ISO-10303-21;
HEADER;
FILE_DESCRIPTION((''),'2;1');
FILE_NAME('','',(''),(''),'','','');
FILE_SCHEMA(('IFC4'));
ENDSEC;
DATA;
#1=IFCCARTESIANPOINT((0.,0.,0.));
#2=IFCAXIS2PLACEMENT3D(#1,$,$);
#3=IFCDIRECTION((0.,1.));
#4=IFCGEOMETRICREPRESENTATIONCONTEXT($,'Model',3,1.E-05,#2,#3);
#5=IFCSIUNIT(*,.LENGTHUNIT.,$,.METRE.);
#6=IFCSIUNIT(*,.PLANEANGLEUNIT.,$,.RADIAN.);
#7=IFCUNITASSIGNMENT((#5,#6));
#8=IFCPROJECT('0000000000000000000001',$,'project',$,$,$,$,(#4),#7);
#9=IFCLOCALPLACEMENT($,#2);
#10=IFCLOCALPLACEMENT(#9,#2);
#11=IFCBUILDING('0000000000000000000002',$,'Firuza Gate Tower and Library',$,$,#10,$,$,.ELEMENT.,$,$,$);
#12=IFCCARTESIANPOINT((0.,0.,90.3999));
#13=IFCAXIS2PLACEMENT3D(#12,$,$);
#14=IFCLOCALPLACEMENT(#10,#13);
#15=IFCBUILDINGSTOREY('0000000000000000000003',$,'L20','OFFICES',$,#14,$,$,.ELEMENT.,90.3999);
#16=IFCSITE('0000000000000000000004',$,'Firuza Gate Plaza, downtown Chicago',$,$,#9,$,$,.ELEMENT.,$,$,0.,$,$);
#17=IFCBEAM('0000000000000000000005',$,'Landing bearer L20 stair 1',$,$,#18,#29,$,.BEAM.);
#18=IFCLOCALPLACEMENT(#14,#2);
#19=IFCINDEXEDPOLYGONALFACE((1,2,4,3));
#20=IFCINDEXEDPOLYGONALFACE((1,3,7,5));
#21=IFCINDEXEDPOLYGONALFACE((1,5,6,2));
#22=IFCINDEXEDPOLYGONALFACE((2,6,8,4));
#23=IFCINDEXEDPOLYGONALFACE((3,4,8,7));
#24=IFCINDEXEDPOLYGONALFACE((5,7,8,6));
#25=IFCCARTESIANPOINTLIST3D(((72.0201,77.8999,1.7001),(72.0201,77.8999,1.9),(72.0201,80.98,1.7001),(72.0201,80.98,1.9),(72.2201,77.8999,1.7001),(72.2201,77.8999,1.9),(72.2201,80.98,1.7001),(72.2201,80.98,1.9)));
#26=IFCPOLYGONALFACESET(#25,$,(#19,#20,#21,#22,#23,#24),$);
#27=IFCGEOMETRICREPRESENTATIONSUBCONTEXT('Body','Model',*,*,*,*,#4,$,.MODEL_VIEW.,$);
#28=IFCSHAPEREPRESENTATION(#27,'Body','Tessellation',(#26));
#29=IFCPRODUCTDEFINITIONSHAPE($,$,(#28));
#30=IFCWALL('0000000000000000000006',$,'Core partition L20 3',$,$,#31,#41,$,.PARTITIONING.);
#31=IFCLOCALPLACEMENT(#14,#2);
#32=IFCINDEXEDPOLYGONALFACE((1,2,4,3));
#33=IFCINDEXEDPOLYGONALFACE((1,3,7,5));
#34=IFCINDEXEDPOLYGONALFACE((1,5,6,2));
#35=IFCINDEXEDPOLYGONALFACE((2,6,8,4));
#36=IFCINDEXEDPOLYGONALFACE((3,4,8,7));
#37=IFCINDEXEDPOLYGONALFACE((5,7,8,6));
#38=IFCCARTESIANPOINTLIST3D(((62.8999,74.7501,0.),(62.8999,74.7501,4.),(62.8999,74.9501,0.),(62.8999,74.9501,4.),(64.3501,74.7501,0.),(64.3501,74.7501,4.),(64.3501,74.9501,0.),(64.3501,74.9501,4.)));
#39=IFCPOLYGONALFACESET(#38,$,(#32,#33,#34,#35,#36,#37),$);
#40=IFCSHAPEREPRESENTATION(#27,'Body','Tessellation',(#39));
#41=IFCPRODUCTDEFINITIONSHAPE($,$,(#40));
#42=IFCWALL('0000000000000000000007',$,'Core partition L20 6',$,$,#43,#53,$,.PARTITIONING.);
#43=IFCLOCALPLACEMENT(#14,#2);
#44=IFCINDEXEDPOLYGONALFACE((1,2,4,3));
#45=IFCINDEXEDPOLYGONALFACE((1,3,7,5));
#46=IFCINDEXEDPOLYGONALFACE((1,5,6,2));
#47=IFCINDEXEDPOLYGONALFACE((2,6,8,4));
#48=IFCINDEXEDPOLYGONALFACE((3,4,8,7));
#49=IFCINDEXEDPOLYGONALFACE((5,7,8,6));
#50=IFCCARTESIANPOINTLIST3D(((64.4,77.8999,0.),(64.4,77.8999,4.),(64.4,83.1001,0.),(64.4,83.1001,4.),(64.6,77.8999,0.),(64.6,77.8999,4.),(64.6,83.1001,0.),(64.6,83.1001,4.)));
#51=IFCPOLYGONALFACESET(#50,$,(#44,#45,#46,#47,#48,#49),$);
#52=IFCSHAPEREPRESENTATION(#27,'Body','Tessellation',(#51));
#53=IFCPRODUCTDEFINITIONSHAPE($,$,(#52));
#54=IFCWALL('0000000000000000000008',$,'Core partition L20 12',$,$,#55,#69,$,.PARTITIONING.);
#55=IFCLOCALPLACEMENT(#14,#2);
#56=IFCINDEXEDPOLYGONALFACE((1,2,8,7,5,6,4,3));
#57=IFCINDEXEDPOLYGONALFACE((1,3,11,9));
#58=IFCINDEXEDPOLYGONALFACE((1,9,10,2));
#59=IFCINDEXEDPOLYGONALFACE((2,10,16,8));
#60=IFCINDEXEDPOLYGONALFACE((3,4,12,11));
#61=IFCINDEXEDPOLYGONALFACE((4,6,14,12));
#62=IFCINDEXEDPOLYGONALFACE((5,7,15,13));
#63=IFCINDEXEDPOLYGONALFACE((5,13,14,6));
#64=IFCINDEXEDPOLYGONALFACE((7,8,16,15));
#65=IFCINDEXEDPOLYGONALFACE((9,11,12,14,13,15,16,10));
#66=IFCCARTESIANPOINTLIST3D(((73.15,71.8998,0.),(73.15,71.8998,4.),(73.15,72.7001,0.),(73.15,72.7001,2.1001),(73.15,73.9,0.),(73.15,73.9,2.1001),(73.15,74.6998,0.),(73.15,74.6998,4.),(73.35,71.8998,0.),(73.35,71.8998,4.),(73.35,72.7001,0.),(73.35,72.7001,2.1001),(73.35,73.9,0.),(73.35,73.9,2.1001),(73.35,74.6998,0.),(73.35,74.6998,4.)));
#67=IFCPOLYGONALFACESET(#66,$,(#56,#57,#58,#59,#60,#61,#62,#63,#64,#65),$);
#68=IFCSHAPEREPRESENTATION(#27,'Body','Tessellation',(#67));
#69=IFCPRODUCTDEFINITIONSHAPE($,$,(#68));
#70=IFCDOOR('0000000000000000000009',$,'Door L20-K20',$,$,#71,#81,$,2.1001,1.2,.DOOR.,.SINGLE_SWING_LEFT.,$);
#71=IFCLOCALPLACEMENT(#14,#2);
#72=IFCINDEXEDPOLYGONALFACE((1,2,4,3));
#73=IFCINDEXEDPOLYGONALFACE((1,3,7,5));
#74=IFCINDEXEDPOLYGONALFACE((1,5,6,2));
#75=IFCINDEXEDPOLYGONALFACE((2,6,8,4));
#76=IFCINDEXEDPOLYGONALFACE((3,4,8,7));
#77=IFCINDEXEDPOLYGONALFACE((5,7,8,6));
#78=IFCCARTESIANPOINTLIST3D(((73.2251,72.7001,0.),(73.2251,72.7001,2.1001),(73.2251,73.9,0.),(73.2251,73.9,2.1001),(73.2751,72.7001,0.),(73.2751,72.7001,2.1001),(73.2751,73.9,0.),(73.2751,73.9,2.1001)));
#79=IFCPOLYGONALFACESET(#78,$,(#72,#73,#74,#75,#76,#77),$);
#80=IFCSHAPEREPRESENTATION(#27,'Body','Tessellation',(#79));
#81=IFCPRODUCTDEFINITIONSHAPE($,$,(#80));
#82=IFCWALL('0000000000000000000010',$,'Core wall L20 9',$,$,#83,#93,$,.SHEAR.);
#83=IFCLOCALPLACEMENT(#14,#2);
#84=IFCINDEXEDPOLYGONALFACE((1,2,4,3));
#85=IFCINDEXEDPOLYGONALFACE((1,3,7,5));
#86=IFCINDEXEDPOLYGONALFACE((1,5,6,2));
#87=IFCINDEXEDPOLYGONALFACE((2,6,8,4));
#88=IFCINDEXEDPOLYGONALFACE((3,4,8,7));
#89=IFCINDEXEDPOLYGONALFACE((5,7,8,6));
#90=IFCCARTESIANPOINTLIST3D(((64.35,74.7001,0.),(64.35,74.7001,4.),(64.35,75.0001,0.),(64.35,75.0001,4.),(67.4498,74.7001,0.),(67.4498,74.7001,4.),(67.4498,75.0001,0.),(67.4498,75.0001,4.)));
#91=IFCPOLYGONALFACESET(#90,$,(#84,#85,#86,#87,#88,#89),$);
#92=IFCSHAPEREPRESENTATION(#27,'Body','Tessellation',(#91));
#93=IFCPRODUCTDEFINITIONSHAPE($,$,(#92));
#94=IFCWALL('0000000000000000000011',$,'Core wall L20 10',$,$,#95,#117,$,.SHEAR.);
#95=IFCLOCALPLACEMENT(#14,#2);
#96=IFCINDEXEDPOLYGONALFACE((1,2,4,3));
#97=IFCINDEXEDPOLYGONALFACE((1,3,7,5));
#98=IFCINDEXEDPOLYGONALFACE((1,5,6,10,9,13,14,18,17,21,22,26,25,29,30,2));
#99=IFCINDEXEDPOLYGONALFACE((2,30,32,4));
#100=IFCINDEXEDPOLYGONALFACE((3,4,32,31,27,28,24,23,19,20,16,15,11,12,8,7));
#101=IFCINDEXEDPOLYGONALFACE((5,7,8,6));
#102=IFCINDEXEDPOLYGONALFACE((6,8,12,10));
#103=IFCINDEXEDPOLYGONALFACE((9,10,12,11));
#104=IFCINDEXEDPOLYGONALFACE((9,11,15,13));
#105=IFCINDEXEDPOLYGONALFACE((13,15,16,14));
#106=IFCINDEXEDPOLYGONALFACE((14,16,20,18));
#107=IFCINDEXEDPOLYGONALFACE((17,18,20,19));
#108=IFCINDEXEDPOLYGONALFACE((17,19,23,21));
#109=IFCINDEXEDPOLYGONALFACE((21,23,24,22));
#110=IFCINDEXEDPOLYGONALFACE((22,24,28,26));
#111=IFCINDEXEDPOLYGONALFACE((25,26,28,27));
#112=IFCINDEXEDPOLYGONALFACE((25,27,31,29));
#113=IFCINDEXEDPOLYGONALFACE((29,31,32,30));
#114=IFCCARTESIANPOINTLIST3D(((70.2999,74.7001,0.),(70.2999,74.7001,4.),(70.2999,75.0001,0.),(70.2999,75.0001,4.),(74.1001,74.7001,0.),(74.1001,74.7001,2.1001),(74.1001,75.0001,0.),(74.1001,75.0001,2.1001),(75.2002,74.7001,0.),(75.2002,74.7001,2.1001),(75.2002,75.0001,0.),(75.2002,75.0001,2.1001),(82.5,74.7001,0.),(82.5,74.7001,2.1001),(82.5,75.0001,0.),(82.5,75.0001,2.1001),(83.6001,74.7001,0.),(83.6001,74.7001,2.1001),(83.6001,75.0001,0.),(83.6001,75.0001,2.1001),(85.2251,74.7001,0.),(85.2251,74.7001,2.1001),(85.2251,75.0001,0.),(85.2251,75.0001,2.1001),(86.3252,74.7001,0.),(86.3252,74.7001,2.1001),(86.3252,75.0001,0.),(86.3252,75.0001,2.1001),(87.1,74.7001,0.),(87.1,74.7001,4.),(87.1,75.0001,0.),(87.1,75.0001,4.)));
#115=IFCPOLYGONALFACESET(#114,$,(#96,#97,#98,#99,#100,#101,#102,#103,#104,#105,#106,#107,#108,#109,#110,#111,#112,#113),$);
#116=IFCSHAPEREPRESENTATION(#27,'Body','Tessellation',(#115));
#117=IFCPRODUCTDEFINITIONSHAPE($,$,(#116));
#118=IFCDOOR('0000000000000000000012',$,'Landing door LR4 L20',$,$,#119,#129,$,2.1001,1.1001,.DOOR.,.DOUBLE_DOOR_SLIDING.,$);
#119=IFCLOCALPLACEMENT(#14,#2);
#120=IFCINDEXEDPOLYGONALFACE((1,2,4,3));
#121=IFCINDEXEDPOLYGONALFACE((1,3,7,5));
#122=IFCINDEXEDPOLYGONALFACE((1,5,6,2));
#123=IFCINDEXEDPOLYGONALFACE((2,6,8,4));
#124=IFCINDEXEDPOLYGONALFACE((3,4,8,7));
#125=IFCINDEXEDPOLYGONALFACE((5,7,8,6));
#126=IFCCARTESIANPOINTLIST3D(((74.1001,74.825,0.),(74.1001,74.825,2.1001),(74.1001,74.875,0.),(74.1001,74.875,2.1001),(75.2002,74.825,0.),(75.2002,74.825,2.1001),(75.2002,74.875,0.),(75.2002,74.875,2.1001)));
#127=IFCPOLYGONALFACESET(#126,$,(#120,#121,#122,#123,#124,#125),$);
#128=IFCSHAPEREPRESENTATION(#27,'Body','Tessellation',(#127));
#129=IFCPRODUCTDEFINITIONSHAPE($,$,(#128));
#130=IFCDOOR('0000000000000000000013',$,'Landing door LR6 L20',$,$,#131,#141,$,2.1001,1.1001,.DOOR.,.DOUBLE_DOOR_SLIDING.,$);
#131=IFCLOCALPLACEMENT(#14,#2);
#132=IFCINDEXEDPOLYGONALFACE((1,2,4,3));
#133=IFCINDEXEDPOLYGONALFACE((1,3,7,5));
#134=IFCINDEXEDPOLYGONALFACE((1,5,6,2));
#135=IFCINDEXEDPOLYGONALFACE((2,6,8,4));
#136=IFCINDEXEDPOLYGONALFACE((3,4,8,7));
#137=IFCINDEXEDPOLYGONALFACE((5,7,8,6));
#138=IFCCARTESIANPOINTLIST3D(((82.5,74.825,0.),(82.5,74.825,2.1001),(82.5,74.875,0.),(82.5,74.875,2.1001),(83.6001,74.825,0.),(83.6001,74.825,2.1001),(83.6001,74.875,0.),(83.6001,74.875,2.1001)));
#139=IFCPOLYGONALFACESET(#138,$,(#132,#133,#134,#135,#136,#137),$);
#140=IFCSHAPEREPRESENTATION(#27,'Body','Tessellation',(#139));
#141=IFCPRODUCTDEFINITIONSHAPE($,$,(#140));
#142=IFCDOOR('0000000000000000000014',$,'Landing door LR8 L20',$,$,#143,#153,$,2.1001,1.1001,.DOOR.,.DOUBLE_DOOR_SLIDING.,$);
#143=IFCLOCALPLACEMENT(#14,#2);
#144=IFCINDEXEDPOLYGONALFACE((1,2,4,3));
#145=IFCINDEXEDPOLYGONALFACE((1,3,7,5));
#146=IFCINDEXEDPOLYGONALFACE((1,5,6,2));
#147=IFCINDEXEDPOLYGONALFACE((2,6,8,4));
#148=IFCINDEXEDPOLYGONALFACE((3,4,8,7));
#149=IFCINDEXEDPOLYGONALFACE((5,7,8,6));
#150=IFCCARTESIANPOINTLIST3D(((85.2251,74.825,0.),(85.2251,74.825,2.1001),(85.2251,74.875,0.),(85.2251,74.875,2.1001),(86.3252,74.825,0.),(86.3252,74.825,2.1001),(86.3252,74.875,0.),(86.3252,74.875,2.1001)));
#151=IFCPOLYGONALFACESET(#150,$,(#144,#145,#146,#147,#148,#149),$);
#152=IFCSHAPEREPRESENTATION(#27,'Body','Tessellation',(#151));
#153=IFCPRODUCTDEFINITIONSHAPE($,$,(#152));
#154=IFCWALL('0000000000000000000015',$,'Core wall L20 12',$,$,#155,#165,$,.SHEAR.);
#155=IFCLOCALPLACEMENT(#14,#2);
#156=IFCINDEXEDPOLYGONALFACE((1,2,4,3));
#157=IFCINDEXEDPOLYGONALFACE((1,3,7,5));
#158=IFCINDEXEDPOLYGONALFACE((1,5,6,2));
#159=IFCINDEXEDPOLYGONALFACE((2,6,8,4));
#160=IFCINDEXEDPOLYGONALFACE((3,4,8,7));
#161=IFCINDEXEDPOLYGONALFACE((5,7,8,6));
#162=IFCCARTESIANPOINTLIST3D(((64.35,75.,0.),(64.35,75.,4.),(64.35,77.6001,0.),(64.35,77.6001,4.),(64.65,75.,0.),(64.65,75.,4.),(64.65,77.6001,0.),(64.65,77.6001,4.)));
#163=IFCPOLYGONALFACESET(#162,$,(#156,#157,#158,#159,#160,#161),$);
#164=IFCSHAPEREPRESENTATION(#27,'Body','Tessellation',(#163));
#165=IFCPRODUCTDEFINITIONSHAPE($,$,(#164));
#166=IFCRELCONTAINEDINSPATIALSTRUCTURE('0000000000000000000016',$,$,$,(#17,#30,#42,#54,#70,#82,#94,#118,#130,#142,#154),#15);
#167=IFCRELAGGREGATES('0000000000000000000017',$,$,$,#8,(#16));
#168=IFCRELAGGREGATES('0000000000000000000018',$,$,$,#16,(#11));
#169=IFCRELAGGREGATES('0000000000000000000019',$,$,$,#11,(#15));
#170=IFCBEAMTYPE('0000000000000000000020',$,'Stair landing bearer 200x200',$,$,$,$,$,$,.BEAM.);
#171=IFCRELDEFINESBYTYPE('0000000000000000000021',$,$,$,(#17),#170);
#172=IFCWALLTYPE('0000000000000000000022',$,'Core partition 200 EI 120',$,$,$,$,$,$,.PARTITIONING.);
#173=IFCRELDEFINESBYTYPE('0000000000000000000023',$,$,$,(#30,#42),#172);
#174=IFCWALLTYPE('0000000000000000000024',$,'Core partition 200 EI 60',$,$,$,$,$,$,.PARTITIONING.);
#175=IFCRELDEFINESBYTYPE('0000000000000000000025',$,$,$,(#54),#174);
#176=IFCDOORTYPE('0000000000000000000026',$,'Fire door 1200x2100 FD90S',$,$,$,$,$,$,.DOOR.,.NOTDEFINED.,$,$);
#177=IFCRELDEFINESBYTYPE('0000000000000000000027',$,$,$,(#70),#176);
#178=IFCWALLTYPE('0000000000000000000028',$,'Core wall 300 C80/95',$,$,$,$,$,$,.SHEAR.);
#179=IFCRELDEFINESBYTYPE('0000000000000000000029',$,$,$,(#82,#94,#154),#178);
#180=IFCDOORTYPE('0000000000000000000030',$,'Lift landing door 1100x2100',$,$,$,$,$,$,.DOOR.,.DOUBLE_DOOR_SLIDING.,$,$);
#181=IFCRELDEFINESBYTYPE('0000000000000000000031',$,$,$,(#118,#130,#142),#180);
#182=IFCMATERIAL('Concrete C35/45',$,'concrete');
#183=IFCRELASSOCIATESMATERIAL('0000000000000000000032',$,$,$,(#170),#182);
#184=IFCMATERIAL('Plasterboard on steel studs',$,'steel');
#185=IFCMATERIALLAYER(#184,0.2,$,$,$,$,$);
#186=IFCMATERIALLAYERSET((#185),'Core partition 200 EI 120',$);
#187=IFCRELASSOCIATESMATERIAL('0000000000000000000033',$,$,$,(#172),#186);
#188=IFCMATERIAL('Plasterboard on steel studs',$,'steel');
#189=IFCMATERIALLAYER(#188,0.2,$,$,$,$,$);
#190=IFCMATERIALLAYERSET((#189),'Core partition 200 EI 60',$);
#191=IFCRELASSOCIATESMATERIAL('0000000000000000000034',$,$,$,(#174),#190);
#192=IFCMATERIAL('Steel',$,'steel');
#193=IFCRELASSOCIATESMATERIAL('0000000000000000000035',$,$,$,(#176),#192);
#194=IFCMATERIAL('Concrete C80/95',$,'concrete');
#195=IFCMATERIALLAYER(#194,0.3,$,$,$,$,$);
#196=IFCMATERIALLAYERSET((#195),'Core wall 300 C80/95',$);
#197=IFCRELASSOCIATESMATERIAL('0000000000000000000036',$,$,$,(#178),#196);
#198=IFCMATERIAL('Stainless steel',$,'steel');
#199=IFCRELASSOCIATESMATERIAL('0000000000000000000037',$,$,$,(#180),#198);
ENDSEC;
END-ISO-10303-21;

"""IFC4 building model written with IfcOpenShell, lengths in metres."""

from ifc_helpers import new_model, si_unit, direction, frame, frame_2d, origin, origin_2d, place, context, subcontext, project, spatial, rectangle, extrude, material, layer, layer_set, material_profile, profile_set, type_object, element, fill, save


model = new_model("IFC4")

# Units and contexts
model_context = context("Model", 3, precision=1e-05, world=origin(), true_north=direction((0.0, 1.0)))
body_context = subcontext(model_context, "Body", "Model", "MODEL_VIEW")
ifc_project = project(units=[si_unit("LENGTHUNIT", "METRE"), si_unit("PLANEANGLEUNIT", "RADIAN")], contexts=[model_context])

# Site, building, storey
site_placement = place(None, origin())
site = spatial("IfcSite", under=ifc_project, at=site_placement, Name="Firuza Gate Plaza, downtown Chicago", CompositionType="ELEMENT", RefElevation=0.0)
building_placement = place(site_placement, origin())
building = spatial("IfcBuilding", under=site, at=building_placement, Name="Firuza Gate Tower and Library", CompositionType="ELEMENT")
storey_placement = place(building_placement, frame((0.0, 0.0, 90.3999)))
storey = spatial("IfcBuildingStorey", under=building, at=storey_placement, Name="L20", Description="OFFICES", CompositionType="ELEMENT", Elevation=90.3999)

# Beam
ifc_material_1 = material(Name="Concrete C35/45", Category="concrete")
ifc_material_profile = material_profile(ifc_material_1, rectangle(XDim=0.2, YDim=0.2, at=origin_2d()))
ifc_profile_set = profile_set([ifc_material_profile], Name="Concrete C35/45")
beam_type = type_object("IfcBeamType", Name="Stair landing bearer 200x200", PredefinedType="BEAM", material=ifc_profile_set)
beam_placement = place(storey_placement, frame((72.1201, 77.8999, 1.8), z_axis=(0.0, 1.0, 0.0), x_axis=(-1.0, 0.0, 0.0)))
element("IfcBeam", 1, at=beam_placement, inside=storey, type_object=beam_type, Name="Landing bearer L20 stair 1", PredefinedType="BEAM", context=body_context, shape_type="SweptSolid", body=[
    extrude(rectangle(XDim=0.2, YDim=0.2, at=origin_2d()), origin(), (0.0, 0.0, 1.0), 3.0801),
])

# Walls
ifc_material_2 = material(Name="Plasterboard on steel studs", Category="steel")
ifc_layer_1 = layer(ifc_material_2, 0.2)
ifc_layer_set_1 = layer_set([ifc_layer_1], Name="Core partition 200 EI 120")
wall_type_1 = type_object("IfcWallType", Name="Core partition 200 EI 120", PredefinedType="PARTITIONING", material=ifc_layer_set_1)
wall_1_placement = place(storey_placement, frame((62.8999, 74.8501, 0.0), z_axis=(0.0, 0.0, 1.0), x_axis=(1.0, 0.0, 0.0)))
element("IfcWall", 2, at=wall_1_placement, inside=storey, type_object=wall_type_1, Name="Core partition L20 3", PredefinedType="PARTITIONING", context=body_context, shape_type="SweptSolid", body=[
    extrude(rectangle(XDim=1.4502, YDim=0.2, at=frame_2d((0.7251, 0.0))), origin(), (0.0, 0.0, 1.0), 4.0),
])
wall_2_placement = place(storey_placement, frame((64.5, 77.8999, 0.0), z_axis=(0.0, 0.0, 1.0), x_axis=(0.0, 1.0, 0.0)))
element("IfcWall", 3, at=wall_2_placement, inside=storey, type_object=wall_type_1, Name="Core partition L20 6", PredefinedType="PARTITIONING", context=body_context, shape_type="SweptSolid", body=[
    extrude(rectangle(XDim=5.2002, YDim=0.2, at=frame_2d((2.6001, 0.0))), origin(), (0.0, 0.0, 1.0), 4.0),
])

# Wall, opening, door
ifc_material_3 = material(Name="Plasterboard on steel studs", Category="steel")
ifc_layer_2 = layer(ifc_material_3, 0.2)
ifc_layer_set_2 = layer_set([ifc_layer_2], Name="Core partition 200 EI 60")
wall_type_2 = type_object("IfcWallType", Name="Core partition 200 EI 60", PredefinedType="PARTITIONING", material=ifc_layer_set_2)
wall_3_placement = place(storey_placement, frame((73.25, 71.8999, 0.0), z_axis=(0.0, 0.0, 1.0), x_axis=(0.0, 1.0, 0.0)))
wall_3 = element("IfcWall", 4, at=wall_3_placement, inside=storey, type_object=wall_type_2, Name="Core partition L20 12", PredefinedType="PARTITIONING", context=body_context, shape_type="SweptSolid", body=[
    extrude(rectangle(XDim=2.8, YDim=0.2, at=frame_2d((1.3999, 0.0))), origin(), (0.0, 0.0, 1.0), 4.0),
])
opening_1_placement = place(wall_3_placement, frame((0.8, 0.0, 0.0)))
opening_1 = element("IfcOpeningElement", 5, at=opening_1_placement, cuts=wall_3, PredefinedType="OPENING", context=body_context, shape_type="SweptSolid", body=[
    extrude(rectangle(XDim=1.2, YDim=2.1001, at=frame_2d((0.6001, 1.05))), frame((0.0, 0.1099, 0.0), z_axis=(0.0, -1.0, 0.0), x_axis=(1.0, 0.0, 0.0)), (0.0, 0.0, 1.0), 0.22),
])
ifc_material_4 = material(Name="Steel", Category="steel")
door_type_1 = type_object("IfcDoorType", Name="Fire door 1200x2100 FD90S", OperationType="NOTDEFINED", PredefinedType="DOOR", material=ifc_material_4)
door_1_placement = place(opening_1_placement, origin())
door_1 = element("IfcDoor", 6, at=door_1_placement, inside=storey, type_object=door_type_1, Name="Door L20-K20", OperationType="SINGLE_SWING_LEFT", OverallHeight=2.1001, OverallWidth=1.2, PredefinedType="DOOR", context=body_context, shape_type="SweptSolid", body=[
    extrude(rectangle(XDim=1.2, YDim=2.1001, at=frame_2d((0.6001, 1.05))), frame((0.0, 0.0249, 0.0), z_axis=(0.0, -1.0, 0.0), x_axis=(1.0, 0.0, 0.0)), (0.0, 0.0, 1.0), 0.05),
])
fill(opening_1, door_1)

# Wall
ifc_material_5 = material(Name="Concrete C80/95", Category="concrete")
ifc_layer_3 = layer(ifc_material_5, 0.3)
ifc_layer_set_3 = layer_set([ifc_layer_3], Name="Core wall 300 C80/95")
wall_type_3 = type_object("IfcWallType", Name="Core wall 300 C80/95", PredefinedType="SHEAR", material=ifc_layer_set_3)
wall_4_placement = place(storey_placement, frame((64.3501, 74.8501, 0.0), z_axis=(0.0, 0.0, 1.0), x_axis=(1.0, 0.0, 0.0)))
element("IfcWall", 7, at=wall_4_placement, inside=storey, type_object=wall_type_3, Name="Core wall L20 9", PredefinedType="SHEAR", context=body_context, shape_type="SweptSolid", body=[
    extrude(rectangle(XDim=3.0999, YDim=0.3, at=frame_2d((1.5498, 0.0))), origin(), (0.0, 0.0, 1.0), 4.0),
])

# Wall, openings, doors
wall_5_placement = place(storey_placement, frame((70.3, 74.8501, 0.0), z_axis=(0.0, 0.0, 1.0), x_axis=(1.0, 0.0, 0.0)))
wall_5 = element("IfcWall", 8, at=wall_5_placement, inside=storey, type_object=wall_type_3, Name="Core wall L20 10", PredefinedType="SHEAR", context=body_context, shape_type="SweptSolid", body=[
    extrude(rectangle(XDim=16.8, YDim=0.3, at=frame_2d((8.3999, 0.0))), origin(), (0.0, 0.0, 1.0), 4.0),
])
opening_2_placement = place(wall_5_placement, frame((3.8, 0.0, 0.0)))
opening_2 = element("IfcOpeningElement", 9, at=opening_2_placement, cuts=wall_5, PredefinedType="OPENING", context=body_context, shape_type="SweptSolid", body=[
    extrude(rectangle(XDim=1.1001, YDim=2.1001, at=frame_2d((0.55, 1.05))), frame((0.0, 0.1602, 0.0), z_axis=(0.0, -1.0, 0.0), x_axis=(1.0, 0.0, 0.0)), (0.0, 0.0, 1.0), 0.3201),
])
opening_3_placement = place(wall_5_placement, frame((12.2, 0.0, 0.0)))
opening_3 = element("IfcOpeningElement", 10, at=opening_3_placement, cuts=wall_5, PredefinedType="OPENING", context=body_context, shape_type="SweptSolid", body=[
    extrude(rectangle(XDim=1.1001, YDim=2.1001, at=frame_2d((0.55, 1.05))), frame((0.0, 0.1602, 0.0), z_axis=(0.0, -1.0, 0.0), x_axis=(1.0, 0.0, 0.0)), (0.0, 0.0, 1.0), 0.3201),
])
opening_4_placement = place(wall_5_placement, frame((14.925, 0.0, 0.0)))
opening_4 = element("IfcOpeningElement", 11, at=opening_4_placement, cuts=wall_5, PredefinedType="OPENING", context=body_context, shape_type="SweptSolid", body=[
    extrude(rectangle(XDim=1.1001, YDim=2.1001, at=frame_2d((0.55, 1.05))), frame((0.0, 0.1602, 0.0), z_axis=(0.0, -1.0, 0.0), x_axis=(1.0, 0.0, 0.0)), (0.0, 0.0, 1.0), 0.3201),
])
ifc_material_6 = material(Name="Stainless steel", Category="steel")
door_type_2 = type_object("IfcDoorType", Name="Lift landing door 1100x2100", OperationType="DOUBLE_DOOR_SLIDING", PredefinedType="DOOR", material=ifc_material_6)
door_2_placement = place(opening_2_placement, origin())
door_2 = element("IfcDoor", 12, at=door_2_placement, inside=storey, type_object=door_type_2, Name="Landing door LR4 L20", OperationType="DOUBLE_DOOR_SLIDING", OverallHeight=2.1001, OverallWidth=1.1001, PredefinedType="DOOR", context=body_context, shape_type="SweptSolid", body=[
    extrude(rectangle(XDim=1.1001, YDim=2.1001, at=frame_2d((0.55, 1.05))), frame((0.0, 0.0249, 0.0), z_axis=(0.0, -1.0, 0.0), x_axis=(1.0, 0.0, 0.0)), (0.0, 0.0, 1.0), 0.05),
])
fill(opening_2, door_2)
door_3_placement = place(opening_3_placement, origin())
door_3 = element("IfcDoor", 13, at=door_3_placement, inside=storey, type_object=door_type_2, Name="Landing door LR6 L20", OperationType="DOUBLE_DOOR_SLIDING", OverallHeight=2.1001, OverallWidth=1.1001, PredefinedType="DOOR", context=body_context, shape_type="SweptSolid", body=[
    extrude(rectangle(XDim=1.1001, YDim=2.1001, at=frame_2d((0.55, 1.05))), frame((0.0, 0.0249, 0.0), z_axis=(0.0, -1.0, 0.0), x_axis=(1.0, 0.0, 0.0)), (0.0, 0.0, 1.0), 0.05),
])
fill(opening_3, door_3)
door_4_placement = place(opening_4_placement, origin())
door_4 = element("IfcDoor", 14, at=door_4_placement, inside=storey, type_object=door_type_2, Name="Landing door LR8 L20", OperationType="DOUBLE_DOOR_SLIDING", OverallHeight=2.1001, OverallWidth=1.1001, PredefinedType="DOOR", context=body_context, shape_type="SweptSolid", body=[
    extrude(rectangle(XDim=1.1001, YDim=2.1001, at=frame_2d((0.55, 1.05))), frame((0.0, 0.0249, 0.0), z_axis=(0.0, -1.0, 0.0), x_axis=(1.0, 0.0, 0.0)), (0.0, 0.0, 1.0), 0.05),
])
fill(opening_4, door_4)

# Wall
for number, where, z_axis, x_axis, name in (
    (15, (64.5, 75.0, 0.0), (0.0, 0.0, 1.0), (0.0, 1.0, 0.0), "Core wall L20 12"),
):
    element("IfcWall", number, at=place(storey_placement, frame(where, z_axis=z_axis, x_axis=x_axis)), inside=storey, type_object=wall_type_3, Name=name, PredefinedType="SHEAR", context=body_context, shape_type="SweptSolid", body=[
        extrude(rectangle(XDim=2.6001, YDim=0.3, at=frame_2d((1.3, 0.0))), origin(), (0.0, 0.0, 1.0), 4.0),
    ])

save(model, "model.ifc")
